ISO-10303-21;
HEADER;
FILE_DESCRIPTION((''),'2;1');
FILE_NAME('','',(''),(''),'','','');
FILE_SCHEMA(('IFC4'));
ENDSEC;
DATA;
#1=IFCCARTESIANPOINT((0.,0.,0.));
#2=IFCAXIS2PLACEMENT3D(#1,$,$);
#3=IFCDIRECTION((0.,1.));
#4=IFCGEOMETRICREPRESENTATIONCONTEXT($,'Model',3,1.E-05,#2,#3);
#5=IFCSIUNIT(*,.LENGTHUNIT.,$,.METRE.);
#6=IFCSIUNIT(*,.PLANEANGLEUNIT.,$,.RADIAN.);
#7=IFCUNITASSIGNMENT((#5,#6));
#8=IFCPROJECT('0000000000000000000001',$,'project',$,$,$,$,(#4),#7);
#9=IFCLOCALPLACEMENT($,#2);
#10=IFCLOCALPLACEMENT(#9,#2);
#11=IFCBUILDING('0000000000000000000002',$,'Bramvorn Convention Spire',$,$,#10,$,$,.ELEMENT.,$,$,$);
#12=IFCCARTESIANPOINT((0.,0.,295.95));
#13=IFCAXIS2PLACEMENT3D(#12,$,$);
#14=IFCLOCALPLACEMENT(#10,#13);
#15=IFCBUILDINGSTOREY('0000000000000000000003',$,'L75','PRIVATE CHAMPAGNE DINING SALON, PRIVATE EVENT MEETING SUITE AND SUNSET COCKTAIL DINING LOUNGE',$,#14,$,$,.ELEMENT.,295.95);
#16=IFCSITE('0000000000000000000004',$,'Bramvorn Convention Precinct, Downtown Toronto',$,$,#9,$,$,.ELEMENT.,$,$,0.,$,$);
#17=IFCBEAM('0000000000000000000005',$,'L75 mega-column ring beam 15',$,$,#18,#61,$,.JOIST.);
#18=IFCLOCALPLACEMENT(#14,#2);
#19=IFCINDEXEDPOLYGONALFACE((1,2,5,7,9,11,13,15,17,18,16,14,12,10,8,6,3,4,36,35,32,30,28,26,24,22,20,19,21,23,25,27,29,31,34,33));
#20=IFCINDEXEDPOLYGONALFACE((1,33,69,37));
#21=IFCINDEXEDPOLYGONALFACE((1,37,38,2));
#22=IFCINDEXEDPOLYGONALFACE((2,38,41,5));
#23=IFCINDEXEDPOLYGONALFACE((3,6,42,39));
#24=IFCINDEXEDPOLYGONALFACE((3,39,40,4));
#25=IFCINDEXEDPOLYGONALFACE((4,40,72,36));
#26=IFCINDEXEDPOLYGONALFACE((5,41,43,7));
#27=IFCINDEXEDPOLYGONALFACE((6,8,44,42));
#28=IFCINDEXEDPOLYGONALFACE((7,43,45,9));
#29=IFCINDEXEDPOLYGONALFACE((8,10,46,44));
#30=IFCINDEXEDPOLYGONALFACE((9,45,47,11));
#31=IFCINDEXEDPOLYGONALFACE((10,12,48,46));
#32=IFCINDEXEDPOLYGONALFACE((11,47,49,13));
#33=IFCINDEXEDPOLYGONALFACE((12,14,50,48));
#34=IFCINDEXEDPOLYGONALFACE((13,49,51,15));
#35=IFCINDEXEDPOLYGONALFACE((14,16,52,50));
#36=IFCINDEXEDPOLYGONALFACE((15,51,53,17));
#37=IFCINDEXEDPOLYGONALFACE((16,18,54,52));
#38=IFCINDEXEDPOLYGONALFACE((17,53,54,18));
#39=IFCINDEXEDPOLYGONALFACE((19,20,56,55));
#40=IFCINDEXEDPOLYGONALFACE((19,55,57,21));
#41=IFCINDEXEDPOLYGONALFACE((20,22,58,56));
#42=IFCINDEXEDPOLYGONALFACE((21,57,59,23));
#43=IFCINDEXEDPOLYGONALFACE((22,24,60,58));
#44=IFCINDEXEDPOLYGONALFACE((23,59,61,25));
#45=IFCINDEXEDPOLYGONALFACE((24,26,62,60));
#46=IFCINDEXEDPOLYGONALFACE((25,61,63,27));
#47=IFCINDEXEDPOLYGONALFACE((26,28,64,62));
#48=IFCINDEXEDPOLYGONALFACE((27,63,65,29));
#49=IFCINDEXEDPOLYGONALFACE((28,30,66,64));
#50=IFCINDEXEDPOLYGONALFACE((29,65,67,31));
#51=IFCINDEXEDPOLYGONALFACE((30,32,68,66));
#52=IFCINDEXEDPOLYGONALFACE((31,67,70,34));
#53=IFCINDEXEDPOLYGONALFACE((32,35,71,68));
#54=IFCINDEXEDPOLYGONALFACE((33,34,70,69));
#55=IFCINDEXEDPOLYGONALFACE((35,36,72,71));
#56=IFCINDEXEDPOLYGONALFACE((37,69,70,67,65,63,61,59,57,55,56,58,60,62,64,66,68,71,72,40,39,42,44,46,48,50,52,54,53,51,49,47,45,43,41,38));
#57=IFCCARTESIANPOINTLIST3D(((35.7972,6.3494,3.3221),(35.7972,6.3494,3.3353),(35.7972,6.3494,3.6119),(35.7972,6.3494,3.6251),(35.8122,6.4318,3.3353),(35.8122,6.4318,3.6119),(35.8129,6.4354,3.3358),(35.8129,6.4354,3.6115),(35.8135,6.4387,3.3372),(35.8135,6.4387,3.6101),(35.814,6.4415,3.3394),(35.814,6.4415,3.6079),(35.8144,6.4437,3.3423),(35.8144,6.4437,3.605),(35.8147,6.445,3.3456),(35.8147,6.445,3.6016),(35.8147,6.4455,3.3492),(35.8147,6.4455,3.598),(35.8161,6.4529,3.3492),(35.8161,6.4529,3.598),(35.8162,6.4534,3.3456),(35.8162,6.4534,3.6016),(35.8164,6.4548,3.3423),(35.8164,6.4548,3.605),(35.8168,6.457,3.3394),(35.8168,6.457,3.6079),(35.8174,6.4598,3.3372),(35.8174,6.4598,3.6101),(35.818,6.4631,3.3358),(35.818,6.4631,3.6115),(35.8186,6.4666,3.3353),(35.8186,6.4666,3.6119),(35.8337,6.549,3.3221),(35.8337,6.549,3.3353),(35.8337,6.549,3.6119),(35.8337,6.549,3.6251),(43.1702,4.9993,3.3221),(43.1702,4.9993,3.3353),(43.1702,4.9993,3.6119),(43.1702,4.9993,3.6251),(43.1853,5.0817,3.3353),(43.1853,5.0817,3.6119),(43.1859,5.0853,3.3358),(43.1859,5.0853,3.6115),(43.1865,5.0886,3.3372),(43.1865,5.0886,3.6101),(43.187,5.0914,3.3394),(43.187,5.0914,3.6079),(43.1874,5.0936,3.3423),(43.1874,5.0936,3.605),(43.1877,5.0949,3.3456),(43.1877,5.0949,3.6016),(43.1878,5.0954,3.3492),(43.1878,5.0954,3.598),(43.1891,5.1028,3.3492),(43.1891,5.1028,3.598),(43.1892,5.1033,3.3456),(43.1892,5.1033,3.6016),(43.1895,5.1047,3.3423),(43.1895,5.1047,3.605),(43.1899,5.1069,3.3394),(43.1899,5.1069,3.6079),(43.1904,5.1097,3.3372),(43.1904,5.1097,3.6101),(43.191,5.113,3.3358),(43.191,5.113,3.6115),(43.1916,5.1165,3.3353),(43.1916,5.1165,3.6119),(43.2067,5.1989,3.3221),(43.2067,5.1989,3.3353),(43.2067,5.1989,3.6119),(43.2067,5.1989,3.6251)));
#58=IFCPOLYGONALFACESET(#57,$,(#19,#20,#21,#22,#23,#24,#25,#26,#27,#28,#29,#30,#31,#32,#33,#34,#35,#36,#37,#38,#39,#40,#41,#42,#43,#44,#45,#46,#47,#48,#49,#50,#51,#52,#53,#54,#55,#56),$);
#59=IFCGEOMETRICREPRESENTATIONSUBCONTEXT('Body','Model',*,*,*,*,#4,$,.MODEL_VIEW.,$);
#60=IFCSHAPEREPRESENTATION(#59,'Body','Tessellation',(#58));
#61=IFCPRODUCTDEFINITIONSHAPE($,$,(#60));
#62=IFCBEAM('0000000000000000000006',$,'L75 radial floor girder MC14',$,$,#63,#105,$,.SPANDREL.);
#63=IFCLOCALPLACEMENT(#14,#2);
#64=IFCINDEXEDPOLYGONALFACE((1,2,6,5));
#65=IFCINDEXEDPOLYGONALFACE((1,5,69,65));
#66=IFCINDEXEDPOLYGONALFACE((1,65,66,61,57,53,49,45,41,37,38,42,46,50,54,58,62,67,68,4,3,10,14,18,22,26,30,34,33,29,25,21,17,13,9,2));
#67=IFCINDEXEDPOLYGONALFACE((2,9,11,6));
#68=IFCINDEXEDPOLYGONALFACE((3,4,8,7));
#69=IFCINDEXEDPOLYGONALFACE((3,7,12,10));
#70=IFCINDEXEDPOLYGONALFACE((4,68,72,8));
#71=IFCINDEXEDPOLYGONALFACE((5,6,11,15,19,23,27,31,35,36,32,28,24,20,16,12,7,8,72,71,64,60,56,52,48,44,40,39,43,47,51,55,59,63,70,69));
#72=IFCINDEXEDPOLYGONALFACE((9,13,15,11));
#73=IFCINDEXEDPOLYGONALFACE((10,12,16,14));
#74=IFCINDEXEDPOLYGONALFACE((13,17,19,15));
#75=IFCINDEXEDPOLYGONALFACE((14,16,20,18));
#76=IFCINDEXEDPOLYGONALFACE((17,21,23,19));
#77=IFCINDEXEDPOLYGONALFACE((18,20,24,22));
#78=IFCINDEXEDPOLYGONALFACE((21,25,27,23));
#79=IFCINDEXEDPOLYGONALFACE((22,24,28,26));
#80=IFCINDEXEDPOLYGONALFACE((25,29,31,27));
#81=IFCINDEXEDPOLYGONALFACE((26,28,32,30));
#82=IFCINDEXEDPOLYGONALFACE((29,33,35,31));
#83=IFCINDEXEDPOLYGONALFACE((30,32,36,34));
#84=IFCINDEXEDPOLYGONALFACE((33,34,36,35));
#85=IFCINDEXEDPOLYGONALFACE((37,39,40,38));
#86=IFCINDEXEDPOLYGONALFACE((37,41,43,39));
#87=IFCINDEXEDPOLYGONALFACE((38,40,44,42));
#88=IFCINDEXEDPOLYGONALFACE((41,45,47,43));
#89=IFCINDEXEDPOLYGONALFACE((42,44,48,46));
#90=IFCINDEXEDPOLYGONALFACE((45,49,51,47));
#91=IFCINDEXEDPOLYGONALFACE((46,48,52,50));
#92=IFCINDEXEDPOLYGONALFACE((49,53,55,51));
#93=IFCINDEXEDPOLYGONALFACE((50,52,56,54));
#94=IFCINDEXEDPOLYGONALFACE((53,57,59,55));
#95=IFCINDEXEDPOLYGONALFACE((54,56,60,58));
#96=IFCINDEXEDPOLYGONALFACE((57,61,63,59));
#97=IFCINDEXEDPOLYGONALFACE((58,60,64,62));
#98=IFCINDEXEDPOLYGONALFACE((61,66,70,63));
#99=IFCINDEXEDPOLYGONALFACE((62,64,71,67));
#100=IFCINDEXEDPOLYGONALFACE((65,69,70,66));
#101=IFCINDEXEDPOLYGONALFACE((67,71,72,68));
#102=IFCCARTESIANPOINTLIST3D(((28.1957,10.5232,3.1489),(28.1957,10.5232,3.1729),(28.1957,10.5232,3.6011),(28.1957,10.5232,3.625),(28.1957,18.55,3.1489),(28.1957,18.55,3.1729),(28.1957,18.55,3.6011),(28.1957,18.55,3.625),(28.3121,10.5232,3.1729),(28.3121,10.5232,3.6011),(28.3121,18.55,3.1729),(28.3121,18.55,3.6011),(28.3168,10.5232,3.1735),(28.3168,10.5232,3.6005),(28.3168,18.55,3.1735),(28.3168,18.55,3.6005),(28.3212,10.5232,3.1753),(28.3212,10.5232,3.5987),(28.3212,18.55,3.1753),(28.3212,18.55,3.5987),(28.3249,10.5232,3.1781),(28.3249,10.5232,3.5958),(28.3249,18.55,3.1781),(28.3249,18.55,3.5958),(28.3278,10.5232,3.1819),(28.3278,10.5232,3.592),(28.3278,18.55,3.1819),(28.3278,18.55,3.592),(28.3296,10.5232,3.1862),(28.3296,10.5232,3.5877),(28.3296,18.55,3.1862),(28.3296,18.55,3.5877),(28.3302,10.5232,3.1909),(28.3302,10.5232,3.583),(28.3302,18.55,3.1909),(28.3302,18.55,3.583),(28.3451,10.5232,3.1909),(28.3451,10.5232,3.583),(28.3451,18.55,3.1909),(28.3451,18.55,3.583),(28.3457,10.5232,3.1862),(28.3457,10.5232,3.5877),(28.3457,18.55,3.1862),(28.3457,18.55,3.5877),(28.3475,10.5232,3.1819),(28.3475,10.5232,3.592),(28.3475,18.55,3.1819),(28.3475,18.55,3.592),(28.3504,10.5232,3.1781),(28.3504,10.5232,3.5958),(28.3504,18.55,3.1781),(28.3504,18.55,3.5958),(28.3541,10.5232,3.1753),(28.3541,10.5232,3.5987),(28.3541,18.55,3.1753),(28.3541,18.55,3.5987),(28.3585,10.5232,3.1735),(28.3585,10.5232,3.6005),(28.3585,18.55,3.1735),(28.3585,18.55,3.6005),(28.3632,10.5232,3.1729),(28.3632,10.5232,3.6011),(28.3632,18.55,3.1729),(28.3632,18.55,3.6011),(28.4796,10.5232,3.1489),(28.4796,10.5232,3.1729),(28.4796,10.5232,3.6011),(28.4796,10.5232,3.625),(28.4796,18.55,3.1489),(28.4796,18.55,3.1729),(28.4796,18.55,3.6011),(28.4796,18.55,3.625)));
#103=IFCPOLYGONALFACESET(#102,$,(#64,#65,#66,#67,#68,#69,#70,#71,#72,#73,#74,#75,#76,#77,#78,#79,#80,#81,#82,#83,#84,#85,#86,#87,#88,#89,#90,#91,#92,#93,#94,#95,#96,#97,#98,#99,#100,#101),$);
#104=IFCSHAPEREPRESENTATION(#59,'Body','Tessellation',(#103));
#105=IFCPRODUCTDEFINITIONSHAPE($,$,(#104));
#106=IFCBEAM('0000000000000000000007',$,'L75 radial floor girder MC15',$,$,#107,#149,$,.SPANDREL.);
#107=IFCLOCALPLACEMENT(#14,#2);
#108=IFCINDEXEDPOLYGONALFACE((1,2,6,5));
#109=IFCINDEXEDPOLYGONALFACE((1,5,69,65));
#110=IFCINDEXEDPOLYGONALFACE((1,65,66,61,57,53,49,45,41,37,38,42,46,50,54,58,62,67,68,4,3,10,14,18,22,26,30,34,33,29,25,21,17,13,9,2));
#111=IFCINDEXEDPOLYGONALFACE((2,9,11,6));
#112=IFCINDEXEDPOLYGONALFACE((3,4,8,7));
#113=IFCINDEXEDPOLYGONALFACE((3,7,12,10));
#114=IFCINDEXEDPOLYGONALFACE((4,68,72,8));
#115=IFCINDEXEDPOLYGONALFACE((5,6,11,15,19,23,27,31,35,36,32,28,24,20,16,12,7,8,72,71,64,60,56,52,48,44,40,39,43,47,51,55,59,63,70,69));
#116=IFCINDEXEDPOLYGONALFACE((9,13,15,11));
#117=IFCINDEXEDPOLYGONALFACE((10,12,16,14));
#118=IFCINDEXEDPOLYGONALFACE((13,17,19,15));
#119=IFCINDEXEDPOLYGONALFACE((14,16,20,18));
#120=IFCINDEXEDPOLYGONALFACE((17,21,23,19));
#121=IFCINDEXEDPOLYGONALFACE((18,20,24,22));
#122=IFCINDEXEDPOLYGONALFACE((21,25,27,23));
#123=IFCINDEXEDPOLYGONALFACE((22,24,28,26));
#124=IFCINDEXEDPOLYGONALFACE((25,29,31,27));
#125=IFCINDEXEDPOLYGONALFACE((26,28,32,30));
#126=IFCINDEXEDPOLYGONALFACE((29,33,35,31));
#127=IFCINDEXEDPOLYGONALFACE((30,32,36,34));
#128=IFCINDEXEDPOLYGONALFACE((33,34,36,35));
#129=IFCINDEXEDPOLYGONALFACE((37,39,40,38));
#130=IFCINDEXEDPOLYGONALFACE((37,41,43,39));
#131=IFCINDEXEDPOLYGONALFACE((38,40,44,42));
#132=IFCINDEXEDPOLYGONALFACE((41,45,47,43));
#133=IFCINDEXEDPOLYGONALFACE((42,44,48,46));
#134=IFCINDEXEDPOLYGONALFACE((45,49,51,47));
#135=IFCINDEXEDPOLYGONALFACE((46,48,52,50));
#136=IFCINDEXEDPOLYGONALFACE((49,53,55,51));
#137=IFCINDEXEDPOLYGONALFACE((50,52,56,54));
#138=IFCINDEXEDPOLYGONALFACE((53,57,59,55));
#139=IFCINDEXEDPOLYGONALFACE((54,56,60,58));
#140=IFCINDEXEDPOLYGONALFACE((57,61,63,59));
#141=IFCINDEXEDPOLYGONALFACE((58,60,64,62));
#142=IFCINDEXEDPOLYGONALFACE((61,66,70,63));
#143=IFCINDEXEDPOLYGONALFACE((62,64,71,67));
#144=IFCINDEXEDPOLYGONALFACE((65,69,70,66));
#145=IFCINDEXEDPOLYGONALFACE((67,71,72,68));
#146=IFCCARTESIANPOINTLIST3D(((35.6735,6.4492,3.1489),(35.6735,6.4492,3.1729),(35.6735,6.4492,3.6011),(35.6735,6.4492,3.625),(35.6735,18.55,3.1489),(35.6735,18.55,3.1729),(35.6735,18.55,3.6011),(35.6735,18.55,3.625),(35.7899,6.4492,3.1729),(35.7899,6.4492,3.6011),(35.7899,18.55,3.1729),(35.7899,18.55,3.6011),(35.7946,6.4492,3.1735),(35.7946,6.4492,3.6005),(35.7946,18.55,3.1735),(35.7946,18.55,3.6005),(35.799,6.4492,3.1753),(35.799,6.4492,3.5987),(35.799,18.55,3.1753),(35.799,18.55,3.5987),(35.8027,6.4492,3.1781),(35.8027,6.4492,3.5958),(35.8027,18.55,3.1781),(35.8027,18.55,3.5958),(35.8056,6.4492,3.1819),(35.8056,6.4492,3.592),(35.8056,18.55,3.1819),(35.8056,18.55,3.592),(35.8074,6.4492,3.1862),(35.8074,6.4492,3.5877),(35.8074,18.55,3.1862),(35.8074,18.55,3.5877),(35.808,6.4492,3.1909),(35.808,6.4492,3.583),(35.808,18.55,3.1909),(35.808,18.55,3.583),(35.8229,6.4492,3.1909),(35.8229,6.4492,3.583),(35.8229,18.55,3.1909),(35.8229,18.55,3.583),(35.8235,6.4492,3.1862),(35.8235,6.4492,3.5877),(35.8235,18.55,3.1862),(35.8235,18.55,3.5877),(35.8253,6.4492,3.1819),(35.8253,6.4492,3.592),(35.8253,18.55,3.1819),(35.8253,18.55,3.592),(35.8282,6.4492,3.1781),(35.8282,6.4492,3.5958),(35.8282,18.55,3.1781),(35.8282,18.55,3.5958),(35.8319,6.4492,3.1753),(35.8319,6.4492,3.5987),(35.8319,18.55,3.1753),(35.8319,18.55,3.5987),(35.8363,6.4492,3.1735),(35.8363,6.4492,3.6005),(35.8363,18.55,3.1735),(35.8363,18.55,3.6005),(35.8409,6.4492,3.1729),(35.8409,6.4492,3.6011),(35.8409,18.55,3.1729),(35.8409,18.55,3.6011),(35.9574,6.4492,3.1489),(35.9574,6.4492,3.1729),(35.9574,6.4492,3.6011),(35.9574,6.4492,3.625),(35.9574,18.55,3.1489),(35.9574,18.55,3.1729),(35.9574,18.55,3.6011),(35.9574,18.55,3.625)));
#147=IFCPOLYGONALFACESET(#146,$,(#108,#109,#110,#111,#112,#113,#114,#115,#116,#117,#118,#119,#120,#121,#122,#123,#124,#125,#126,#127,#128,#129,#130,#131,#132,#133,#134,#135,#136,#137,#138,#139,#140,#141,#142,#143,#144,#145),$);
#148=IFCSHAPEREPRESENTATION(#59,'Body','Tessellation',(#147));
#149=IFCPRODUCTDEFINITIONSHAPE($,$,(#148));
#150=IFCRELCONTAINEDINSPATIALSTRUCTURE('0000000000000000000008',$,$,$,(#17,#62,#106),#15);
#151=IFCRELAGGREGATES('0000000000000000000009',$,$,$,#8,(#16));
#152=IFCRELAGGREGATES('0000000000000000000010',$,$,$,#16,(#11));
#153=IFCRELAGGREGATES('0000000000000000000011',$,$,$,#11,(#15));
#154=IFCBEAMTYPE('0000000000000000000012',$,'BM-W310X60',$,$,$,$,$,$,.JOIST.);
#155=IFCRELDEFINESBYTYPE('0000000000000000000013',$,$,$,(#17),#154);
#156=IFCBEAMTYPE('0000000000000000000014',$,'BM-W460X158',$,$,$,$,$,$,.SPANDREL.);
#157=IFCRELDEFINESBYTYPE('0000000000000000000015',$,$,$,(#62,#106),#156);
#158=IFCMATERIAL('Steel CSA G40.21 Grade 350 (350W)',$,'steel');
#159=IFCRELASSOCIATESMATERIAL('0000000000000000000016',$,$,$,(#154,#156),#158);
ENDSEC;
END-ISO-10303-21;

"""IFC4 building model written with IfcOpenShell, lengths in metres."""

from ifc_helpers import new_model, si_unit, direction, frame, origin, origin_2d, place, context, subcontext, project, spatial, i_section, extrude, material, material_profile, profile_set, type_object, element, save


model = new_model("IFC4")

# Units and contexts
model_context = context("Model", 3, precision=1e-05, world=origin(), true_north=direction((0.0, 1.0)))
body_context = subcontext(model_context, "Body", "Model", "MODEL_VIEW")
ifc_project = project(units=[si_unit("LENGTHUNIT", "METRE"), si_unit("PLANEANGLEUNIT", "RADIAN")], contexts=[model_context])

# Site, building, storey
site_placement = place(None, origin())
site = spatial("IfcSite", under=ifc_project, at=site_placement, Name="Bramvorn Convention Precinct, Downtown Toronto", CompositionType="ELEMENT", RefElevation=0.0)
building_placement = place(site_placement, origin())
building = spatial("IfcBuilding", under=site, at=building_placement, Name="Bramvorn Convention Spire", CompositionType="ELEMENT")
storey_placement = place(building_placement, frame((0.0, 0.0, 295.95)))
storey = spatial("IfcBuildingStorey", under=building, at=storey_placement, Name="L75", Description="PRIVATE CHAMPAGNE DINING SALON, PRIVATE EVENT MEETING SUITE AND SUNSET COCKTAIL DINING LOUNGE", CompositionType="ELEMENT", Elevation=295.95)

# Shared definitions
ifc_material_1 = material(Name="Steel CSA G40.21 Grade 350 (350W)", Category="steel")

# Beams
ifc_material_profile_1 = material_profile(ifc_material_1, i_section(OverallWidth=0.2029, OverallDepth=0.303, WebThickness=0.0076, FlangeThickness=0.0132, FilletRadius=0.0139, at=origin_2d()))
ifc_profile_set_1 = profile_set([ifc_material_profile_1], Name="Steel CSA G40.21 Grade 350 (350W) - W310X60")
beam_type_1 = type_object("IfcBeamType", Name="BM-W310X60", PredefinedType="JOIST", material=ifc_profile_set_1)
beam_1_placement = place(storey_placement, frame((35.8154, 6.4492, 3.4736), z_axis=(0.983645, -0.180118, 0.0), x_axis=(0.180118, 0.983645, 0.0)))
element("IfcBeam", 1, at=beam_1_placement, inside=storey, type_object=beam_type_1, Name="L75 mega-column ring beam 15", PredefinedType="JOIST", context=body_context, shape_type="SweptSolid", body=[
    extrude(i_section(OverallWidth=0.2029, OverallDepth=0.303, WebThickness=0.0076, FlangeThickness=0.0132, FilletRadius=0.0139, at=origin_2d()), origin(), (0.0, 0.0, 1.0), 7.4956),
])
ifc_material_profile_2 = material_profile(ifc_material_1, i_section(OverallWidth=0.2839, OverallDepth=0.4761, WebThickness=0.0149, FlangeThickness=0.0239, FilletRadius=0.0181, at=origin_2d()))
ifc_profile_set_2 = profile_set([ifc_material_profile_2], Name="Steel CSA G40.21 Grade 350 (350W) - W460X158")
beam_type_2 = type_object("IfcBeamType", Name="BM-W460X158", PredefinedType="SPANDREL", material=ifc_profile_set_2)
beam_2_placement = place(storey_placement, frame((28.3376, 18.55, 3.387), z_axis=(0.0, -1.0, 0.0), x_axis=(1.0, 0.0, 0.0)))
element("IfcBeam", 2, at=beam_2_placement, inside=storey, type_object=beam_type_2, Name="L75 radial floor girder MC14", PredefinedType="SPANDREL", context=body_context, shape_type="SweptSolid", body=[
    extrude(i_section(OverallWidth=0.2839, OverallDepth=0.4761, WebThickness=0.0149, FlangeThickness=0.0239, FilletRadius=0.0181, at=origin_2d()), origin(), (0.0, 0.0, 1.0), 8.0269),
])
beam_3_placement = place(storey_placement, frame((35.8154, 18.55, 3.387), z_axis=(0.0, -1.0, 0.0), x_axis=(1.0, 0.0, 0.0)))
element("IfcBeam", 3, at=beam_3_placement, inside=storey, type_object=beam_type_2, Name="L75 radial floor girder MC15", PredefinedType="SPANDREL", context=body_context, shape_type="SweptSolid", body=[
    extrude(i_section(OverallWidth=0.2839, OverallDepth=0.4761, WebThickness=0.0149, FlangeThickness=0.0239, FilletRadius=0.0181, at=origin_2d()), origin(), (0.0, 0.0, 1.0), 12.1008),
])

save(model, "model.ifc")
